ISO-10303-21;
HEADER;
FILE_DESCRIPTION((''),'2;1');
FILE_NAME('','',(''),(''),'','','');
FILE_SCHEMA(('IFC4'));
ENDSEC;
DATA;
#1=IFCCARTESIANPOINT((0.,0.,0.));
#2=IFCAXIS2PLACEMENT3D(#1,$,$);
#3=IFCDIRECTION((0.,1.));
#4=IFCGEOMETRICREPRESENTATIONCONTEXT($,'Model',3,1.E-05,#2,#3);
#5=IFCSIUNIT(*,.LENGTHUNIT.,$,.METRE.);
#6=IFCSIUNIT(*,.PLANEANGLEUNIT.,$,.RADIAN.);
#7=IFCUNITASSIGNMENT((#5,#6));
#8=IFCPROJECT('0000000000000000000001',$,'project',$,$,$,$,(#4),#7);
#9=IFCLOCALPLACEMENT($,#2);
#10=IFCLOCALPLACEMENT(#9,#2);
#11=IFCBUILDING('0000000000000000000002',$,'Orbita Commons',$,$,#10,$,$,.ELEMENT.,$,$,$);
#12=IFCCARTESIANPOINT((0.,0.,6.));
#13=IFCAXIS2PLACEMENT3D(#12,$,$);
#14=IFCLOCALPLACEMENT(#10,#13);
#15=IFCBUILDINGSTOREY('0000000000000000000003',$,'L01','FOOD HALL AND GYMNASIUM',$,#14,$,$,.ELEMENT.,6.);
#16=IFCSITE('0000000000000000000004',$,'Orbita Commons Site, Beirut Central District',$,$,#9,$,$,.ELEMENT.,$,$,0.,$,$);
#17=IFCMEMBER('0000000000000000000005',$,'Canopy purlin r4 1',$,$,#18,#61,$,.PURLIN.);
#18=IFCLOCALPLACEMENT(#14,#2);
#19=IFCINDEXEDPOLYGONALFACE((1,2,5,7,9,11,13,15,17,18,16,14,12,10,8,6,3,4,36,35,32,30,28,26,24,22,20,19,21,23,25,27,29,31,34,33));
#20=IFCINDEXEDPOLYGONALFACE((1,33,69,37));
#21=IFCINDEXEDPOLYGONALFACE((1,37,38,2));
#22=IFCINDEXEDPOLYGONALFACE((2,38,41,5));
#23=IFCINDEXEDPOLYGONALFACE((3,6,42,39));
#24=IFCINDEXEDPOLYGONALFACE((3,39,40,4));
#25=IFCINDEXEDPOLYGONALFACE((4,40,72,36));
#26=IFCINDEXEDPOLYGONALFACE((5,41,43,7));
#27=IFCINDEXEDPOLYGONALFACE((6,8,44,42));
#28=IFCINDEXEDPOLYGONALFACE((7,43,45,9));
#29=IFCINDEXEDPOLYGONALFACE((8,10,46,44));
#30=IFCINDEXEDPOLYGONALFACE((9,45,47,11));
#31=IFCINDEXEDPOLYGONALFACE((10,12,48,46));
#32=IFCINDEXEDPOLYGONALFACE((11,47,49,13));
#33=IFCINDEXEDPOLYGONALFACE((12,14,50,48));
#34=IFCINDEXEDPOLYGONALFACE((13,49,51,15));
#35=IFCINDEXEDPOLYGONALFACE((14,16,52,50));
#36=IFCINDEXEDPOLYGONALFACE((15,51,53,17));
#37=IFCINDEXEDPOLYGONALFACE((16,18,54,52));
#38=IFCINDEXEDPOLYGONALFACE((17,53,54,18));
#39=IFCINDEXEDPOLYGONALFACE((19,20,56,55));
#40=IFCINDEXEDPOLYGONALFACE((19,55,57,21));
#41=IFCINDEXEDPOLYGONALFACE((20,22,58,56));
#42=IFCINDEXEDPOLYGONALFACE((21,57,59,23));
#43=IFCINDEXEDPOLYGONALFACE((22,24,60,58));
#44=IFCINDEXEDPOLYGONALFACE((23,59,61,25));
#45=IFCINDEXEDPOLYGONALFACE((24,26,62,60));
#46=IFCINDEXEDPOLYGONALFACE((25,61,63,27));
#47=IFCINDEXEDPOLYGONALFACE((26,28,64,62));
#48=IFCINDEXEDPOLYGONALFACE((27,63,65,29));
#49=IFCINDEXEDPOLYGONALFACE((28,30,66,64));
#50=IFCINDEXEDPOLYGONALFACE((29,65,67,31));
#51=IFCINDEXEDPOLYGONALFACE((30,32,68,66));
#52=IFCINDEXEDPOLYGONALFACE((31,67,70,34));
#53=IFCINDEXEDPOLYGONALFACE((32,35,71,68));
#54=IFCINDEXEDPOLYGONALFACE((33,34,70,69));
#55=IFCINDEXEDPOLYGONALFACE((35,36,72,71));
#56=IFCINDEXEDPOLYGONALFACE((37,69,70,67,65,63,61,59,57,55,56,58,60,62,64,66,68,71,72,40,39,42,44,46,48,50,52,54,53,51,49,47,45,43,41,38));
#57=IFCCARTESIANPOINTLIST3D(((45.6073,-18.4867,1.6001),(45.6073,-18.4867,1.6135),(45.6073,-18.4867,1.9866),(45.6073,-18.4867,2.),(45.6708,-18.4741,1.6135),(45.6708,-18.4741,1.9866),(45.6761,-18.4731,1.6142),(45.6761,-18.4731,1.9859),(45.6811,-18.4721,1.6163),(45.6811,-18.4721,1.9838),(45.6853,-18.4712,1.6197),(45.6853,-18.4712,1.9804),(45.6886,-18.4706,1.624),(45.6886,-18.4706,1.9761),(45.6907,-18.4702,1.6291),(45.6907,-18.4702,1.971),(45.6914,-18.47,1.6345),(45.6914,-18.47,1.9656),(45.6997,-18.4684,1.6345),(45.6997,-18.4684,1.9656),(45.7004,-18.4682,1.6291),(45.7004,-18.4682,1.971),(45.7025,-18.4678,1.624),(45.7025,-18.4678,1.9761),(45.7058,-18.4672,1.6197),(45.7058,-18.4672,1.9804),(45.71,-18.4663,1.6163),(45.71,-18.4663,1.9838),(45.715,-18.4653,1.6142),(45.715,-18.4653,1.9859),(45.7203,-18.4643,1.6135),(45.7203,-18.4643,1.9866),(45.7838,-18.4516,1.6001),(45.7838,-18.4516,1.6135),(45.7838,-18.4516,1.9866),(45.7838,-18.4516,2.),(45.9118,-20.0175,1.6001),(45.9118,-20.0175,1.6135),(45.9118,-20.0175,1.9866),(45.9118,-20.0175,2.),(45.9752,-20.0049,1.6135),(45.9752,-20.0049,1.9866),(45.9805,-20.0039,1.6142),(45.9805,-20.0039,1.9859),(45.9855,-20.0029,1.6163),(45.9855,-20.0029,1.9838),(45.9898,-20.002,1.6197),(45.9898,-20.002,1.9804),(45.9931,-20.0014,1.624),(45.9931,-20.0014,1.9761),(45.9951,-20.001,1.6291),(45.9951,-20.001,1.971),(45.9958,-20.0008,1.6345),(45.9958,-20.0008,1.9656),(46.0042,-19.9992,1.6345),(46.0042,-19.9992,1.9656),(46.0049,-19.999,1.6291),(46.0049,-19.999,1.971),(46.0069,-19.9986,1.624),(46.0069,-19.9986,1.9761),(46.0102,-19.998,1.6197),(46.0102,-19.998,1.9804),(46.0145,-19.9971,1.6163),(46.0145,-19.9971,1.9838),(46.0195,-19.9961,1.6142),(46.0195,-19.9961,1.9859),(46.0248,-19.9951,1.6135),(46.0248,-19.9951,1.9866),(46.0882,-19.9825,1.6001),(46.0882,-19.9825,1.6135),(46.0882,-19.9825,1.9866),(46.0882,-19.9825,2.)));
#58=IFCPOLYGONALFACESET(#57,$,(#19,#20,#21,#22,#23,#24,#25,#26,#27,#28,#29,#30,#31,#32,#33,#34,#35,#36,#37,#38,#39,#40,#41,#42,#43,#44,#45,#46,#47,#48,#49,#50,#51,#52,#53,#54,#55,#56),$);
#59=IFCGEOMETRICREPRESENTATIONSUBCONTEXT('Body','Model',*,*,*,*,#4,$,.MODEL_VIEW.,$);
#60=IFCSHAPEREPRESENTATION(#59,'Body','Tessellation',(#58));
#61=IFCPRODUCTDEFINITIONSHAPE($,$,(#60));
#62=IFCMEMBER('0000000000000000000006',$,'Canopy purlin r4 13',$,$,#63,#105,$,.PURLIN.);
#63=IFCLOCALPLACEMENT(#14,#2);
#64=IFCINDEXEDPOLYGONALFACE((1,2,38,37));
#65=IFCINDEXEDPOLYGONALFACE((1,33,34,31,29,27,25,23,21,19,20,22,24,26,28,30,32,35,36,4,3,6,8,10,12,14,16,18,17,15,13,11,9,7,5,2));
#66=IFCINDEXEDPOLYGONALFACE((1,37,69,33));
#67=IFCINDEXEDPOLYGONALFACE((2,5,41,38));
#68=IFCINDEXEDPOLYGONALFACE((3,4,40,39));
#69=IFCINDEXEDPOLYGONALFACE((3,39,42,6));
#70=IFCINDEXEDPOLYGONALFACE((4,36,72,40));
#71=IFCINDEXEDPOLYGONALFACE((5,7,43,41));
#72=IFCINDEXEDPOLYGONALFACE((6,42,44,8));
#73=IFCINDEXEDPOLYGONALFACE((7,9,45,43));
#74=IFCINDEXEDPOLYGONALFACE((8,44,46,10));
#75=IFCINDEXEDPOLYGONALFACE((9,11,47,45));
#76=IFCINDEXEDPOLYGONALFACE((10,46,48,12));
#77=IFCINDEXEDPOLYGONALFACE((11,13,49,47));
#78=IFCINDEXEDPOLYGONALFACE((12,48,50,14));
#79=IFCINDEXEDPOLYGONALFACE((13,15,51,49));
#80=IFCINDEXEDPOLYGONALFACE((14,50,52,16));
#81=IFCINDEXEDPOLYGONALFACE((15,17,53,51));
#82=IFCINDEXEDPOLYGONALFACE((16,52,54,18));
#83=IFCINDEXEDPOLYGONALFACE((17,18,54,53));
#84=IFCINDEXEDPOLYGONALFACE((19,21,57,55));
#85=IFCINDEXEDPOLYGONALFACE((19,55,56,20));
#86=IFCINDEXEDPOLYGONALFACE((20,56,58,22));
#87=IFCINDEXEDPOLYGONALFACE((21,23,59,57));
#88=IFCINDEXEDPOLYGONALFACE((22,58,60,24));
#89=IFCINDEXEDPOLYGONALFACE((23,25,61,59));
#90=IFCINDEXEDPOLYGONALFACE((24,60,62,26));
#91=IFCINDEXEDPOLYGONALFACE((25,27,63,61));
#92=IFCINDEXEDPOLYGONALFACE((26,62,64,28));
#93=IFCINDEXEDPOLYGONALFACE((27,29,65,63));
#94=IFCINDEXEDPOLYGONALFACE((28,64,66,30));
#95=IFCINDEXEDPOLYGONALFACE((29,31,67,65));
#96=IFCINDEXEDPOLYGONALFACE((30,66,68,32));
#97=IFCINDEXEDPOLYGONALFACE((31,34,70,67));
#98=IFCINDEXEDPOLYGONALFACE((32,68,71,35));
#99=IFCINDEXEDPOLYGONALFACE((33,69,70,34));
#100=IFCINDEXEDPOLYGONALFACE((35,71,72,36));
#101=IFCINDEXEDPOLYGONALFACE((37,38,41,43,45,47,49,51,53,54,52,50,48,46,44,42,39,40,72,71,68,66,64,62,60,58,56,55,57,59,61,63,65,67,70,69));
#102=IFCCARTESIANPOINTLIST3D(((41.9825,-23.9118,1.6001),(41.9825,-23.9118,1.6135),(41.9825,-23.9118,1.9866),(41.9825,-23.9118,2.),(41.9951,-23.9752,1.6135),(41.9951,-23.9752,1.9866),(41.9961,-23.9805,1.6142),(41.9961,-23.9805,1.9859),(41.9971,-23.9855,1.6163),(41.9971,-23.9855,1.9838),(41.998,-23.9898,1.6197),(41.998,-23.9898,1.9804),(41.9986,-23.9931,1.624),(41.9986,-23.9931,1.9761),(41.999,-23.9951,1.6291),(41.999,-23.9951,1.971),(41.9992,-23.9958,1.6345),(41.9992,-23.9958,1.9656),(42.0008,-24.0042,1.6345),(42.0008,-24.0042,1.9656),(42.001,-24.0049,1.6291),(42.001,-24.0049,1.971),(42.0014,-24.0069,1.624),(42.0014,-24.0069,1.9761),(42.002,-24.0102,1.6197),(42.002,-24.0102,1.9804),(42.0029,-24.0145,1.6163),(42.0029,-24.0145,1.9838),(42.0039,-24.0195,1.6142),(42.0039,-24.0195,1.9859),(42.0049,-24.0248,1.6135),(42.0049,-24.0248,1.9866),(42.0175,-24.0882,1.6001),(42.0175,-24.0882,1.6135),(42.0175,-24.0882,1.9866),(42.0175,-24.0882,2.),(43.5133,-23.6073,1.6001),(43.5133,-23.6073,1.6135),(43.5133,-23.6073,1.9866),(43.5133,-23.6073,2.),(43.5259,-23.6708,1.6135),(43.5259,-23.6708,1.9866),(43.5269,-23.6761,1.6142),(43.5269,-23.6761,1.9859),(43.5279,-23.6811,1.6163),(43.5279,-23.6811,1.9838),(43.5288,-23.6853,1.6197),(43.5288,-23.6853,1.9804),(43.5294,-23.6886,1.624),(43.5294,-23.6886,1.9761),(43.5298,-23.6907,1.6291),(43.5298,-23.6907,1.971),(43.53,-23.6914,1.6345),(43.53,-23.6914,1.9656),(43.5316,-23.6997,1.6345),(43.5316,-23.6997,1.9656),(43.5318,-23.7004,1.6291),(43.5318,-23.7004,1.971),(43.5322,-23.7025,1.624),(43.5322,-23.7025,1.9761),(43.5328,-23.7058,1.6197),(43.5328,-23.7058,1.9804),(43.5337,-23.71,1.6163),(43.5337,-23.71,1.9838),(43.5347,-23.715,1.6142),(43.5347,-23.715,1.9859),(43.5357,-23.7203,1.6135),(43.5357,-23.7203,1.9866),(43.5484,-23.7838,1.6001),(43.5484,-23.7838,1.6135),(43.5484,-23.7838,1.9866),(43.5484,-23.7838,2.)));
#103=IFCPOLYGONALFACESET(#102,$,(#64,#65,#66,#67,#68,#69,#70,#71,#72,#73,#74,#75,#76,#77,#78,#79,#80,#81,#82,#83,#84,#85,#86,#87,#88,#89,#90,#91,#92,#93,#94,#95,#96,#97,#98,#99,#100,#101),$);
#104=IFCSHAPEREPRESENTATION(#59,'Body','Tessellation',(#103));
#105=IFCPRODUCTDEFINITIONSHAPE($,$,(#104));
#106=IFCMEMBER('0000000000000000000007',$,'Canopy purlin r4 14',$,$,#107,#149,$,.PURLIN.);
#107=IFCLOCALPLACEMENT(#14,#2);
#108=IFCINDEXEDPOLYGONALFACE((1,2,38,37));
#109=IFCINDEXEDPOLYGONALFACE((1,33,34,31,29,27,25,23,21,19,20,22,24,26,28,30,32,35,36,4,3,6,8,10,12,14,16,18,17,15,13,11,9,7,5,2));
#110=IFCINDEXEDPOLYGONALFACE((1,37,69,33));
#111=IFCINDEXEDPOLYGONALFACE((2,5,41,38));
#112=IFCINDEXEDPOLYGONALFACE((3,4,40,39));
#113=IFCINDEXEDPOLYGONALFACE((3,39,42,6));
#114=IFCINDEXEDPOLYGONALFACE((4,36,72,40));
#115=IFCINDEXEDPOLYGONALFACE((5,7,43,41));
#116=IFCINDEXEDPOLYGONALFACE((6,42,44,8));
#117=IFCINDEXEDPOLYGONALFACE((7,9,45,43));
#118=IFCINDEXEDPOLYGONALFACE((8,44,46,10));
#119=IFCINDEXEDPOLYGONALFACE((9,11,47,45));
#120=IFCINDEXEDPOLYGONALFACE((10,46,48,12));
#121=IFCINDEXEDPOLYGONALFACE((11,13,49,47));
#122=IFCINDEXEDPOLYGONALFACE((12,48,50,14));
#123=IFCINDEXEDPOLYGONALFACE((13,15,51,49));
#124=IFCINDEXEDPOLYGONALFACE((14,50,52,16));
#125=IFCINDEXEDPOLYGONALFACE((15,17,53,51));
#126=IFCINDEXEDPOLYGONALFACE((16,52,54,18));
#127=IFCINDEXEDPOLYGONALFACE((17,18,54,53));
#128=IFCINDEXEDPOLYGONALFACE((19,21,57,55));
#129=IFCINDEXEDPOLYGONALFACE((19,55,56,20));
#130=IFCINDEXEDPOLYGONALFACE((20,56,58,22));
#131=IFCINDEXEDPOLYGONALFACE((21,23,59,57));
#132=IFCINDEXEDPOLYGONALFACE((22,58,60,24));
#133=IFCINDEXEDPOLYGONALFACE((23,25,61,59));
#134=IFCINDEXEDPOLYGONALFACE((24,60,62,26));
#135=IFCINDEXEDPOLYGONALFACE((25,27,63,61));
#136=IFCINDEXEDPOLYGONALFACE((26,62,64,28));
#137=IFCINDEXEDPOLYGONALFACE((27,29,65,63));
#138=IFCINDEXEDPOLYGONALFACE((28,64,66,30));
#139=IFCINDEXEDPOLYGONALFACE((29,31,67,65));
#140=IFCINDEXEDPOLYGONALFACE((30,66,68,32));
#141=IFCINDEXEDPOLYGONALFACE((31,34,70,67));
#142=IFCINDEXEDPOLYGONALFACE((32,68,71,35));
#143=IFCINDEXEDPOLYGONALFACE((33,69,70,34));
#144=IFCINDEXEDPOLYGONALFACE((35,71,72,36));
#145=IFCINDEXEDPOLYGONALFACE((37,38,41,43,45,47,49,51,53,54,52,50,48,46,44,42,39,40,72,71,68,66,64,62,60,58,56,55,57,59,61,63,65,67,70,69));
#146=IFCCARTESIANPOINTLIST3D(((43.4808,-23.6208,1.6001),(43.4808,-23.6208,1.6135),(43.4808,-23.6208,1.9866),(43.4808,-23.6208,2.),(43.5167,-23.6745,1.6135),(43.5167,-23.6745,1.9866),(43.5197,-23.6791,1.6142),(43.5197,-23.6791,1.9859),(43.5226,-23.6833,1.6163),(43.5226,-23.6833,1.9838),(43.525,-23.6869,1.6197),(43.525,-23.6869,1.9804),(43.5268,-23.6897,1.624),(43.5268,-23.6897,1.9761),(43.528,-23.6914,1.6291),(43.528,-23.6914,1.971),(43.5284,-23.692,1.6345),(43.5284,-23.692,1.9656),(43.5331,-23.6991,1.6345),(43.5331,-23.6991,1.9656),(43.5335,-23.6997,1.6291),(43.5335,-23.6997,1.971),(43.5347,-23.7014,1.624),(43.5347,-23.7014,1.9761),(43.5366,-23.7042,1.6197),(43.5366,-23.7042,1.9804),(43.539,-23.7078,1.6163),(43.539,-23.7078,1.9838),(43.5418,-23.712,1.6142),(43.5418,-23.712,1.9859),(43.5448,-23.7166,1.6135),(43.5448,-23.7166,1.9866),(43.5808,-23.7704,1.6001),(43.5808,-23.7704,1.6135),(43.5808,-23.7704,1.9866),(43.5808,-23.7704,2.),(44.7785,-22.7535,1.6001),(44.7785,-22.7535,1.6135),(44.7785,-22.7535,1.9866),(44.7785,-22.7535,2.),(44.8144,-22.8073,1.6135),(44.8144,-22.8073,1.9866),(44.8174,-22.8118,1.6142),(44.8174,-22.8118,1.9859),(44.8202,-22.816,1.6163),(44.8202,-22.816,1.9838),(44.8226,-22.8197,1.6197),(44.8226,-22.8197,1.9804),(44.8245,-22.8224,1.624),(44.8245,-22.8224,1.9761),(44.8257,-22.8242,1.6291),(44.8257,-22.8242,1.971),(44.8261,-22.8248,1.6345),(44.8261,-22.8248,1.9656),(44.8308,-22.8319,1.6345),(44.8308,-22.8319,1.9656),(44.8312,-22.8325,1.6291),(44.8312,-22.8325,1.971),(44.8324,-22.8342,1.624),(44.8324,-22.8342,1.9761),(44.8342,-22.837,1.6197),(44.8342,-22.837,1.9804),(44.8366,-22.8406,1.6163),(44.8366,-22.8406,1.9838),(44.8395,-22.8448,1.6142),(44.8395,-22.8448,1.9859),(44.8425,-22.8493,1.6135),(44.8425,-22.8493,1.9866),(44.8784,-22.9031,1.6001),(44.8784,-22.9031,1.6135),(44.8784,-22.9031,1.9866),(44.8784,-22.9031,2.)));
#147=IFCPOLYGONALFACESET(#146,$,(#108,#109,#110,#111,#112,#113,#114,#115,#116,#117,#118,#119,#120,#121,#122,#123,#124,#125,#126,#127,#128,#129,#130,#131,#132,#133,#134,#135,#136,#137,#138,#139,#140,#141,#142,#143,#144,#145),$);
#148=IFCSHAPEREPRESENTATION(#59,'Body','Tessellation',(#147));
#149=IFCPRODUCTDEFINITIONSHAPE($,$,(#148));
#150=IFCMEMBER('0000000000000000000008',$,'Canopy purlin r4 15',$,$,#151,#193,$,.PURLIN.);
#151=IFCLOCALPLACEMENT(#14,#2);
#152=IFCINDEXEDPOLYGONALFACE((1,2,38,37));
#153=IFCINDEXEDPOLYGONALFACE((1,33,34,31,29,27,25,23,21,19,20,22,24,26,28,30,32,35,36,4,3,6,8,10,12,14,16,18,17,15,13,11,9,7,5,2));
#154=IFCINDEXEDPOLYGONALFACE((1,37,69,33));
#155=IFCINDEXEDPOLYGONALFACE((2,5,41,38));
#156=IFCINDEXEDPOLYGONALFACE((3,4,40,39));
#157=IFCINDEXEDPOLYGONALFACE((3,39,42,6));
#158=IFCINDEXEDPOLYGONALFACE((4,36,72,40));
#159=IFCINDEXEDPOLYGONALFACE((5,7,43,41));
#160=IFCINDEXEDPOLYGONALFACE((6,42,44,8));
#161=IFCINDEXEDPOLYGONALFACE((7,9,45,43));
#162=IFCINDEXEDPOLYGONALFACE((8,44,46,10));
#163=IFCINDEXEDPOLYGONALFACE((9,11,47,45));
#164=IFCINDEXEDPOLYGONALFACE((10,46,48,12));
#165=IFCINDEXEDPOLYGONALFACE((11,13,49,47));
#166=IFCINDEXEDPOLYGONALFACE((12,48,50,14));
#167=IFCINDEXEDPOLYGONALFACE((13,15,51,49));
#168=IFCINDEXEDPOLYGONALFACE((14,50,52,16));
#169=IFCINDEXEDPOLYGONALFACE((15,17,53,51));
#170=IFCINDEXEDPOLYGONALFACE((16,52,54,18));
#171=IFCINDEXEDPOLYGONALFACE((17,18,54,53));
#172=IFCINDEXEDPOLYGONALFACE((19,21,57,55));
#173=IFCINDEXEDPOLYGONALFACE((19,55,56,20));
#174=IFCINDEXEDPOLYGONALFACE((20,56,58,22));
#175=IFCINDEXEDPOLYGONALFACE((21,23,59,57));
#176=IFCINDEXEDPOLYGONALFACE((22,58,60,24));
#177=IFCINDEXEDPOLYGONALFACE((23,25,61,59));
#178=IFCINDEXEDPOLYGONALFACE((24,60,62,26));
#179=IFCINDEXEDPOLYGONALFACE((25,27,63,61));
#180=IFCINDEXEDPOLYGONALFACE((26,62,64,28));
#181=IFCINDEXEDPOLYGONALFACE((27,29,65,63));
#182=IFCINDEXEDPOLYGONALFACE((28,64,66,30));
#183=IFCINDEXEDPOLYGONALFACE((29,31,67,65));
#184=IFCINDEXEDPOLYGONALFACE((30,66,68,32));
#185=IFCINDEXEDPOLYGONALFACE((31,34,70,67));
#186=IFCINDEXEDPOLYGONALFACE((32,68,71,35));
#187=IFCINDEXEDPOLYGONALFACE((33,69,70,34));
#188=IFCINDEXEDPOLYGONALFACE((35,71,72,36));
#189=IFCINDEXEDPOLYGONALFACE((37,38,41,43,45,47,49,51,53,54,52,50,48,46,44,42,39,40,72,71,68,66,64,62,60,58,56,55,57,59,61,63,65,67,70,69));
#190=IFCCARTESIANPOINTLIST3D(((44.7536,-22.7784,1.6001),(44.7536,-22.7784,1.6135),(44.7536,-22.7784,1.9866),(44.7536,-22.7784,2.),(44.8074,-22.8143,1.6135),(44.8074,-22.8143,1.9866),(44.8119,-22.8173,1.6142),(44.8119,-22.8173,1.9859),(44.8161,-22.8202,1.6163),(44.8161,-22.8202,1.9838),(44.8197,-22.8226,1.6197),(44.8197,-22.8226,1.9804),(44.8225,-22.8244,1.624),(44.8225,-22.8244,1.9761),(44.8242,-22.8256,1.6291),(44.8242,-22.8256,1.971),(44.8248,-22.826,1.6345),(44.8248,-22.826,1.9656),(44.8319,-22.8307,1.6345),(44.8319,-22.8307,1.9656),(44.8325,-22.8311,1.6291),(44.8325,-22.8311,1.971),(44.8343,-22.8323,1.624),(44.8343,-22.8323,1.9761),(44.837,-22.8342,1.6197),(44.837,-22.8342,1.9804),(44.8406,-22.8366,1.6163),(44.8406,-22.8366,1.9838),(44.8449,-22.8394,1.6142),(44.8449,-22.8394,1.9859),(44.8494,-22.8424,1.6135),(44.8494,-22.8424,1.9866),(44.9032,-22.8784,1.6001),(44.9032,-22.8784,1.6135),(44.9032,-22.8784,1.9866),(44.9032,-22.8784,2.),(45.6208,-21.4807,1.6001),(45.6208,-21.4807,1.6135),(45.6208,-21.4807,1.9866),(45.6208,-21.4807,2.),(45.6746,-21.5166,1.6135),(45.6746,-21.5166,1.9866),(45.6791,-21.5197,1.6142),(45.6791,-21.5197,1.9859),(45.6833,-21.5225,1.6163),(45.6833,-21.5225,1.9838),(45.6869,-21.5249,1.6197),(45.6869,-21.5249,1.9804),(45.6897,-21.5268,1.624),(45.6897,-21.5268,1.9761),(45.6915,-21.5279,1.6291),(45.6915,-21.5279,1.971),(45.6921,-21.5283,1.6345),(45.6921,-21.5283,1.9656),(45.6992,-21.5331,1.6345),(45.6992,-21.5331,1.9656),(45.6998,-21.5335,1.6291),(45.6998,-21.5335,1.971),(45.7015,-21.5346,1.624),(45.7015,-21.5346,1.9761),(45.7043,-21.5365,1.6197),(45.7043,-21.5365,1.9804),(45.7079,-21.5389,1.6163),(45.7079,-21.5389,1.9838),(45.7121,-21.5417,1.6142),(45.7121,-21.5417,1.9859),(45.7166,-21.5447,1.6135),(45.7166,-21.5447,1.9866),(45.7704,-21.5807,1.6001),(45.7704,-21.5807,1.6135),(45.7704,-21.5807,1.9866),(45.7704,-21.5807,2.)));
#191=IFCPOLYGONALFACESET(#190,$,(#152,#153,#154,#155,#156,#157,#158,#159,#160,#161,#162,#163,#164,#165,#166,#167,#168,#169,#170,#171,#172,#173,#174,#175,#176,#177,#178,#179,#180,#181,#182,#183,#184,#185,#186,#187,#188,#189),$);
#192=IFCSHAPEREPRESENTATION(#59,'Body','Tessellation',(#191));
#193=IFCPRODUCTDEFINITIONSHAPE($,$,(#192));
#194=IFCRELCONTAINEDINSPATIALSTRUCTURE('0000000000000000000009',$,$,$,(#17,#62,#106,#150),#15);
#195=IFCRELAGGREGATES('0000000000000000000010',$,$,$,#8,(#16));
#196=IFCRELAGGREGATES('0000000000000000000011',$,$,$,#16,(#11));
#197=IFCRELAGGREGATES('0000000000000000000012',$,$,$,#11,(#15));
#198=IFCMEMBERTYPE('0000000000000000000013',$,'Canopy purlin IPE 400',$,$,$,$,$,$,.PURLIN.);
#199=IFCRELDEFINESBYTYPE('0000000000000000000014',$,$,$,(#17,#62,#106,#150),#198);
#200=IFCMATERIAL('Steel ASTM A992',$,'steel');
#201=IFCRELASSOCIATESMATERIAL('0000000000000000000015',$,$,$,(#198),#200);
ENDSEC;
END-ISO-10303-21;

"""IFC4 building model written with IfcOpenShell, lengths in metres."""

from ifc_helpers import new_model, si_unit, direction, frame, origin, origin_2d, place, context, subcontext, project, spatial, i_section, extrude, material, material_profile, profile_set, type_object, element, save


model = new_model("IFC4")

# Units and contexts
model_context = context("Model", 3, precision=1e-05, world=origin(), true_north=direction((0.0, 1.0)))
body_context = subcontext(model_context, "Body", "Model", "MODEL_VIEW")
ifc_project = project(units=[si_unit("LENGTHUNIT", "METRE"), si_unit("PLANEANGLEUNIT", "RADIAN")], contexts=[model_context])

# Site, building, storey
site_placement = place(None, origin())
site = spatial("IfcSite", under=ifc_project, at=site_placement, Name="Orbita Commons Site, Beirut Central District", CompositionType="ELEMENT", RefElevation=0.0)
building_placement = place(site_placement, origin())
building = spatial("IfcBuilding", under=site, at=building_placement, Name="Orbita Commons", CompositionType="ELEMENT")
storey_placement = place(building_placement, frame((0.0, 0.0, 6.0)))
storey = spatial("IfcBuildingStorey", under=building, at=storey_placement, Name="L01", Description="FOOD HALL AND GYMNASIUM", CompositionType="ELEMENT", Elevation=6.0)

# Members
ifc_material_1 = material(Name="Steel ASTM A992", Category="steel")
ifc_material_profile_1 = material_profile(ifc_material_1, i_section(OverallWidth=0.1799, OverallDepth=0.3999, WebThickness=0.0085, FlangeThickness=0.0134, FilletRadius=0.021, at=origin_2d()), Name="IPE 400")
ifc_profile_set_1 = profile_set([ifc_material_profile_1], Name="Steel ASTM A992")
member_type_1 = type_object("IfcMemberType", Name="Canopy purlin IPE 400", PredefinedType="PURLIN", material=ifc_profile_set_1)
for number, where, z_axis, x_axis, name in (
    (1, (46.0, -20.0, 1.8), (-0.195063, 0.980791, 0.0), (-0.980791, -0.195063, 0.0), "Canopy purlin r4 1"),
    (2, (42.0, -24.0, 1.8), (0.980791, 0.195063, 0.0), (-0.195063, 0.980791, 0.0), "Canopy purlin r4 13"),
    (3, (43.5308, -23.6956, 1.8), (0.831424, 0.555638, 0.0), (-0.555638, 0.831424, 0.0), "Canopy purlin r4 14"),
    (4, (44.8284, -22.8284, 1.8), (0.555638, 0.831424, 0.0), (-0.831424, 0.555638, 0.0), "Canopy purlin r4 15"),
):
    element("IfcMember", number, at=place(storey_placement, frame(where, z_axis=z_axis, x_axis=x_axis)), inside=storey, type_object=member_type_1, Name=name, PredefinedType="PURLIN", context=body_context, shape_type="SweptSolid", body=[
        extrude(i_section(OverallWidth=0.1799, OverallDepth=0.3999, WebThickness=0.0085, FlangeThickness=0.0134, FilletRadius=0.021, at=origin_2d()), origin(), (0.0, 0.0, 1.0), 1.5608),
    ])

save(model, "model.ifc")
